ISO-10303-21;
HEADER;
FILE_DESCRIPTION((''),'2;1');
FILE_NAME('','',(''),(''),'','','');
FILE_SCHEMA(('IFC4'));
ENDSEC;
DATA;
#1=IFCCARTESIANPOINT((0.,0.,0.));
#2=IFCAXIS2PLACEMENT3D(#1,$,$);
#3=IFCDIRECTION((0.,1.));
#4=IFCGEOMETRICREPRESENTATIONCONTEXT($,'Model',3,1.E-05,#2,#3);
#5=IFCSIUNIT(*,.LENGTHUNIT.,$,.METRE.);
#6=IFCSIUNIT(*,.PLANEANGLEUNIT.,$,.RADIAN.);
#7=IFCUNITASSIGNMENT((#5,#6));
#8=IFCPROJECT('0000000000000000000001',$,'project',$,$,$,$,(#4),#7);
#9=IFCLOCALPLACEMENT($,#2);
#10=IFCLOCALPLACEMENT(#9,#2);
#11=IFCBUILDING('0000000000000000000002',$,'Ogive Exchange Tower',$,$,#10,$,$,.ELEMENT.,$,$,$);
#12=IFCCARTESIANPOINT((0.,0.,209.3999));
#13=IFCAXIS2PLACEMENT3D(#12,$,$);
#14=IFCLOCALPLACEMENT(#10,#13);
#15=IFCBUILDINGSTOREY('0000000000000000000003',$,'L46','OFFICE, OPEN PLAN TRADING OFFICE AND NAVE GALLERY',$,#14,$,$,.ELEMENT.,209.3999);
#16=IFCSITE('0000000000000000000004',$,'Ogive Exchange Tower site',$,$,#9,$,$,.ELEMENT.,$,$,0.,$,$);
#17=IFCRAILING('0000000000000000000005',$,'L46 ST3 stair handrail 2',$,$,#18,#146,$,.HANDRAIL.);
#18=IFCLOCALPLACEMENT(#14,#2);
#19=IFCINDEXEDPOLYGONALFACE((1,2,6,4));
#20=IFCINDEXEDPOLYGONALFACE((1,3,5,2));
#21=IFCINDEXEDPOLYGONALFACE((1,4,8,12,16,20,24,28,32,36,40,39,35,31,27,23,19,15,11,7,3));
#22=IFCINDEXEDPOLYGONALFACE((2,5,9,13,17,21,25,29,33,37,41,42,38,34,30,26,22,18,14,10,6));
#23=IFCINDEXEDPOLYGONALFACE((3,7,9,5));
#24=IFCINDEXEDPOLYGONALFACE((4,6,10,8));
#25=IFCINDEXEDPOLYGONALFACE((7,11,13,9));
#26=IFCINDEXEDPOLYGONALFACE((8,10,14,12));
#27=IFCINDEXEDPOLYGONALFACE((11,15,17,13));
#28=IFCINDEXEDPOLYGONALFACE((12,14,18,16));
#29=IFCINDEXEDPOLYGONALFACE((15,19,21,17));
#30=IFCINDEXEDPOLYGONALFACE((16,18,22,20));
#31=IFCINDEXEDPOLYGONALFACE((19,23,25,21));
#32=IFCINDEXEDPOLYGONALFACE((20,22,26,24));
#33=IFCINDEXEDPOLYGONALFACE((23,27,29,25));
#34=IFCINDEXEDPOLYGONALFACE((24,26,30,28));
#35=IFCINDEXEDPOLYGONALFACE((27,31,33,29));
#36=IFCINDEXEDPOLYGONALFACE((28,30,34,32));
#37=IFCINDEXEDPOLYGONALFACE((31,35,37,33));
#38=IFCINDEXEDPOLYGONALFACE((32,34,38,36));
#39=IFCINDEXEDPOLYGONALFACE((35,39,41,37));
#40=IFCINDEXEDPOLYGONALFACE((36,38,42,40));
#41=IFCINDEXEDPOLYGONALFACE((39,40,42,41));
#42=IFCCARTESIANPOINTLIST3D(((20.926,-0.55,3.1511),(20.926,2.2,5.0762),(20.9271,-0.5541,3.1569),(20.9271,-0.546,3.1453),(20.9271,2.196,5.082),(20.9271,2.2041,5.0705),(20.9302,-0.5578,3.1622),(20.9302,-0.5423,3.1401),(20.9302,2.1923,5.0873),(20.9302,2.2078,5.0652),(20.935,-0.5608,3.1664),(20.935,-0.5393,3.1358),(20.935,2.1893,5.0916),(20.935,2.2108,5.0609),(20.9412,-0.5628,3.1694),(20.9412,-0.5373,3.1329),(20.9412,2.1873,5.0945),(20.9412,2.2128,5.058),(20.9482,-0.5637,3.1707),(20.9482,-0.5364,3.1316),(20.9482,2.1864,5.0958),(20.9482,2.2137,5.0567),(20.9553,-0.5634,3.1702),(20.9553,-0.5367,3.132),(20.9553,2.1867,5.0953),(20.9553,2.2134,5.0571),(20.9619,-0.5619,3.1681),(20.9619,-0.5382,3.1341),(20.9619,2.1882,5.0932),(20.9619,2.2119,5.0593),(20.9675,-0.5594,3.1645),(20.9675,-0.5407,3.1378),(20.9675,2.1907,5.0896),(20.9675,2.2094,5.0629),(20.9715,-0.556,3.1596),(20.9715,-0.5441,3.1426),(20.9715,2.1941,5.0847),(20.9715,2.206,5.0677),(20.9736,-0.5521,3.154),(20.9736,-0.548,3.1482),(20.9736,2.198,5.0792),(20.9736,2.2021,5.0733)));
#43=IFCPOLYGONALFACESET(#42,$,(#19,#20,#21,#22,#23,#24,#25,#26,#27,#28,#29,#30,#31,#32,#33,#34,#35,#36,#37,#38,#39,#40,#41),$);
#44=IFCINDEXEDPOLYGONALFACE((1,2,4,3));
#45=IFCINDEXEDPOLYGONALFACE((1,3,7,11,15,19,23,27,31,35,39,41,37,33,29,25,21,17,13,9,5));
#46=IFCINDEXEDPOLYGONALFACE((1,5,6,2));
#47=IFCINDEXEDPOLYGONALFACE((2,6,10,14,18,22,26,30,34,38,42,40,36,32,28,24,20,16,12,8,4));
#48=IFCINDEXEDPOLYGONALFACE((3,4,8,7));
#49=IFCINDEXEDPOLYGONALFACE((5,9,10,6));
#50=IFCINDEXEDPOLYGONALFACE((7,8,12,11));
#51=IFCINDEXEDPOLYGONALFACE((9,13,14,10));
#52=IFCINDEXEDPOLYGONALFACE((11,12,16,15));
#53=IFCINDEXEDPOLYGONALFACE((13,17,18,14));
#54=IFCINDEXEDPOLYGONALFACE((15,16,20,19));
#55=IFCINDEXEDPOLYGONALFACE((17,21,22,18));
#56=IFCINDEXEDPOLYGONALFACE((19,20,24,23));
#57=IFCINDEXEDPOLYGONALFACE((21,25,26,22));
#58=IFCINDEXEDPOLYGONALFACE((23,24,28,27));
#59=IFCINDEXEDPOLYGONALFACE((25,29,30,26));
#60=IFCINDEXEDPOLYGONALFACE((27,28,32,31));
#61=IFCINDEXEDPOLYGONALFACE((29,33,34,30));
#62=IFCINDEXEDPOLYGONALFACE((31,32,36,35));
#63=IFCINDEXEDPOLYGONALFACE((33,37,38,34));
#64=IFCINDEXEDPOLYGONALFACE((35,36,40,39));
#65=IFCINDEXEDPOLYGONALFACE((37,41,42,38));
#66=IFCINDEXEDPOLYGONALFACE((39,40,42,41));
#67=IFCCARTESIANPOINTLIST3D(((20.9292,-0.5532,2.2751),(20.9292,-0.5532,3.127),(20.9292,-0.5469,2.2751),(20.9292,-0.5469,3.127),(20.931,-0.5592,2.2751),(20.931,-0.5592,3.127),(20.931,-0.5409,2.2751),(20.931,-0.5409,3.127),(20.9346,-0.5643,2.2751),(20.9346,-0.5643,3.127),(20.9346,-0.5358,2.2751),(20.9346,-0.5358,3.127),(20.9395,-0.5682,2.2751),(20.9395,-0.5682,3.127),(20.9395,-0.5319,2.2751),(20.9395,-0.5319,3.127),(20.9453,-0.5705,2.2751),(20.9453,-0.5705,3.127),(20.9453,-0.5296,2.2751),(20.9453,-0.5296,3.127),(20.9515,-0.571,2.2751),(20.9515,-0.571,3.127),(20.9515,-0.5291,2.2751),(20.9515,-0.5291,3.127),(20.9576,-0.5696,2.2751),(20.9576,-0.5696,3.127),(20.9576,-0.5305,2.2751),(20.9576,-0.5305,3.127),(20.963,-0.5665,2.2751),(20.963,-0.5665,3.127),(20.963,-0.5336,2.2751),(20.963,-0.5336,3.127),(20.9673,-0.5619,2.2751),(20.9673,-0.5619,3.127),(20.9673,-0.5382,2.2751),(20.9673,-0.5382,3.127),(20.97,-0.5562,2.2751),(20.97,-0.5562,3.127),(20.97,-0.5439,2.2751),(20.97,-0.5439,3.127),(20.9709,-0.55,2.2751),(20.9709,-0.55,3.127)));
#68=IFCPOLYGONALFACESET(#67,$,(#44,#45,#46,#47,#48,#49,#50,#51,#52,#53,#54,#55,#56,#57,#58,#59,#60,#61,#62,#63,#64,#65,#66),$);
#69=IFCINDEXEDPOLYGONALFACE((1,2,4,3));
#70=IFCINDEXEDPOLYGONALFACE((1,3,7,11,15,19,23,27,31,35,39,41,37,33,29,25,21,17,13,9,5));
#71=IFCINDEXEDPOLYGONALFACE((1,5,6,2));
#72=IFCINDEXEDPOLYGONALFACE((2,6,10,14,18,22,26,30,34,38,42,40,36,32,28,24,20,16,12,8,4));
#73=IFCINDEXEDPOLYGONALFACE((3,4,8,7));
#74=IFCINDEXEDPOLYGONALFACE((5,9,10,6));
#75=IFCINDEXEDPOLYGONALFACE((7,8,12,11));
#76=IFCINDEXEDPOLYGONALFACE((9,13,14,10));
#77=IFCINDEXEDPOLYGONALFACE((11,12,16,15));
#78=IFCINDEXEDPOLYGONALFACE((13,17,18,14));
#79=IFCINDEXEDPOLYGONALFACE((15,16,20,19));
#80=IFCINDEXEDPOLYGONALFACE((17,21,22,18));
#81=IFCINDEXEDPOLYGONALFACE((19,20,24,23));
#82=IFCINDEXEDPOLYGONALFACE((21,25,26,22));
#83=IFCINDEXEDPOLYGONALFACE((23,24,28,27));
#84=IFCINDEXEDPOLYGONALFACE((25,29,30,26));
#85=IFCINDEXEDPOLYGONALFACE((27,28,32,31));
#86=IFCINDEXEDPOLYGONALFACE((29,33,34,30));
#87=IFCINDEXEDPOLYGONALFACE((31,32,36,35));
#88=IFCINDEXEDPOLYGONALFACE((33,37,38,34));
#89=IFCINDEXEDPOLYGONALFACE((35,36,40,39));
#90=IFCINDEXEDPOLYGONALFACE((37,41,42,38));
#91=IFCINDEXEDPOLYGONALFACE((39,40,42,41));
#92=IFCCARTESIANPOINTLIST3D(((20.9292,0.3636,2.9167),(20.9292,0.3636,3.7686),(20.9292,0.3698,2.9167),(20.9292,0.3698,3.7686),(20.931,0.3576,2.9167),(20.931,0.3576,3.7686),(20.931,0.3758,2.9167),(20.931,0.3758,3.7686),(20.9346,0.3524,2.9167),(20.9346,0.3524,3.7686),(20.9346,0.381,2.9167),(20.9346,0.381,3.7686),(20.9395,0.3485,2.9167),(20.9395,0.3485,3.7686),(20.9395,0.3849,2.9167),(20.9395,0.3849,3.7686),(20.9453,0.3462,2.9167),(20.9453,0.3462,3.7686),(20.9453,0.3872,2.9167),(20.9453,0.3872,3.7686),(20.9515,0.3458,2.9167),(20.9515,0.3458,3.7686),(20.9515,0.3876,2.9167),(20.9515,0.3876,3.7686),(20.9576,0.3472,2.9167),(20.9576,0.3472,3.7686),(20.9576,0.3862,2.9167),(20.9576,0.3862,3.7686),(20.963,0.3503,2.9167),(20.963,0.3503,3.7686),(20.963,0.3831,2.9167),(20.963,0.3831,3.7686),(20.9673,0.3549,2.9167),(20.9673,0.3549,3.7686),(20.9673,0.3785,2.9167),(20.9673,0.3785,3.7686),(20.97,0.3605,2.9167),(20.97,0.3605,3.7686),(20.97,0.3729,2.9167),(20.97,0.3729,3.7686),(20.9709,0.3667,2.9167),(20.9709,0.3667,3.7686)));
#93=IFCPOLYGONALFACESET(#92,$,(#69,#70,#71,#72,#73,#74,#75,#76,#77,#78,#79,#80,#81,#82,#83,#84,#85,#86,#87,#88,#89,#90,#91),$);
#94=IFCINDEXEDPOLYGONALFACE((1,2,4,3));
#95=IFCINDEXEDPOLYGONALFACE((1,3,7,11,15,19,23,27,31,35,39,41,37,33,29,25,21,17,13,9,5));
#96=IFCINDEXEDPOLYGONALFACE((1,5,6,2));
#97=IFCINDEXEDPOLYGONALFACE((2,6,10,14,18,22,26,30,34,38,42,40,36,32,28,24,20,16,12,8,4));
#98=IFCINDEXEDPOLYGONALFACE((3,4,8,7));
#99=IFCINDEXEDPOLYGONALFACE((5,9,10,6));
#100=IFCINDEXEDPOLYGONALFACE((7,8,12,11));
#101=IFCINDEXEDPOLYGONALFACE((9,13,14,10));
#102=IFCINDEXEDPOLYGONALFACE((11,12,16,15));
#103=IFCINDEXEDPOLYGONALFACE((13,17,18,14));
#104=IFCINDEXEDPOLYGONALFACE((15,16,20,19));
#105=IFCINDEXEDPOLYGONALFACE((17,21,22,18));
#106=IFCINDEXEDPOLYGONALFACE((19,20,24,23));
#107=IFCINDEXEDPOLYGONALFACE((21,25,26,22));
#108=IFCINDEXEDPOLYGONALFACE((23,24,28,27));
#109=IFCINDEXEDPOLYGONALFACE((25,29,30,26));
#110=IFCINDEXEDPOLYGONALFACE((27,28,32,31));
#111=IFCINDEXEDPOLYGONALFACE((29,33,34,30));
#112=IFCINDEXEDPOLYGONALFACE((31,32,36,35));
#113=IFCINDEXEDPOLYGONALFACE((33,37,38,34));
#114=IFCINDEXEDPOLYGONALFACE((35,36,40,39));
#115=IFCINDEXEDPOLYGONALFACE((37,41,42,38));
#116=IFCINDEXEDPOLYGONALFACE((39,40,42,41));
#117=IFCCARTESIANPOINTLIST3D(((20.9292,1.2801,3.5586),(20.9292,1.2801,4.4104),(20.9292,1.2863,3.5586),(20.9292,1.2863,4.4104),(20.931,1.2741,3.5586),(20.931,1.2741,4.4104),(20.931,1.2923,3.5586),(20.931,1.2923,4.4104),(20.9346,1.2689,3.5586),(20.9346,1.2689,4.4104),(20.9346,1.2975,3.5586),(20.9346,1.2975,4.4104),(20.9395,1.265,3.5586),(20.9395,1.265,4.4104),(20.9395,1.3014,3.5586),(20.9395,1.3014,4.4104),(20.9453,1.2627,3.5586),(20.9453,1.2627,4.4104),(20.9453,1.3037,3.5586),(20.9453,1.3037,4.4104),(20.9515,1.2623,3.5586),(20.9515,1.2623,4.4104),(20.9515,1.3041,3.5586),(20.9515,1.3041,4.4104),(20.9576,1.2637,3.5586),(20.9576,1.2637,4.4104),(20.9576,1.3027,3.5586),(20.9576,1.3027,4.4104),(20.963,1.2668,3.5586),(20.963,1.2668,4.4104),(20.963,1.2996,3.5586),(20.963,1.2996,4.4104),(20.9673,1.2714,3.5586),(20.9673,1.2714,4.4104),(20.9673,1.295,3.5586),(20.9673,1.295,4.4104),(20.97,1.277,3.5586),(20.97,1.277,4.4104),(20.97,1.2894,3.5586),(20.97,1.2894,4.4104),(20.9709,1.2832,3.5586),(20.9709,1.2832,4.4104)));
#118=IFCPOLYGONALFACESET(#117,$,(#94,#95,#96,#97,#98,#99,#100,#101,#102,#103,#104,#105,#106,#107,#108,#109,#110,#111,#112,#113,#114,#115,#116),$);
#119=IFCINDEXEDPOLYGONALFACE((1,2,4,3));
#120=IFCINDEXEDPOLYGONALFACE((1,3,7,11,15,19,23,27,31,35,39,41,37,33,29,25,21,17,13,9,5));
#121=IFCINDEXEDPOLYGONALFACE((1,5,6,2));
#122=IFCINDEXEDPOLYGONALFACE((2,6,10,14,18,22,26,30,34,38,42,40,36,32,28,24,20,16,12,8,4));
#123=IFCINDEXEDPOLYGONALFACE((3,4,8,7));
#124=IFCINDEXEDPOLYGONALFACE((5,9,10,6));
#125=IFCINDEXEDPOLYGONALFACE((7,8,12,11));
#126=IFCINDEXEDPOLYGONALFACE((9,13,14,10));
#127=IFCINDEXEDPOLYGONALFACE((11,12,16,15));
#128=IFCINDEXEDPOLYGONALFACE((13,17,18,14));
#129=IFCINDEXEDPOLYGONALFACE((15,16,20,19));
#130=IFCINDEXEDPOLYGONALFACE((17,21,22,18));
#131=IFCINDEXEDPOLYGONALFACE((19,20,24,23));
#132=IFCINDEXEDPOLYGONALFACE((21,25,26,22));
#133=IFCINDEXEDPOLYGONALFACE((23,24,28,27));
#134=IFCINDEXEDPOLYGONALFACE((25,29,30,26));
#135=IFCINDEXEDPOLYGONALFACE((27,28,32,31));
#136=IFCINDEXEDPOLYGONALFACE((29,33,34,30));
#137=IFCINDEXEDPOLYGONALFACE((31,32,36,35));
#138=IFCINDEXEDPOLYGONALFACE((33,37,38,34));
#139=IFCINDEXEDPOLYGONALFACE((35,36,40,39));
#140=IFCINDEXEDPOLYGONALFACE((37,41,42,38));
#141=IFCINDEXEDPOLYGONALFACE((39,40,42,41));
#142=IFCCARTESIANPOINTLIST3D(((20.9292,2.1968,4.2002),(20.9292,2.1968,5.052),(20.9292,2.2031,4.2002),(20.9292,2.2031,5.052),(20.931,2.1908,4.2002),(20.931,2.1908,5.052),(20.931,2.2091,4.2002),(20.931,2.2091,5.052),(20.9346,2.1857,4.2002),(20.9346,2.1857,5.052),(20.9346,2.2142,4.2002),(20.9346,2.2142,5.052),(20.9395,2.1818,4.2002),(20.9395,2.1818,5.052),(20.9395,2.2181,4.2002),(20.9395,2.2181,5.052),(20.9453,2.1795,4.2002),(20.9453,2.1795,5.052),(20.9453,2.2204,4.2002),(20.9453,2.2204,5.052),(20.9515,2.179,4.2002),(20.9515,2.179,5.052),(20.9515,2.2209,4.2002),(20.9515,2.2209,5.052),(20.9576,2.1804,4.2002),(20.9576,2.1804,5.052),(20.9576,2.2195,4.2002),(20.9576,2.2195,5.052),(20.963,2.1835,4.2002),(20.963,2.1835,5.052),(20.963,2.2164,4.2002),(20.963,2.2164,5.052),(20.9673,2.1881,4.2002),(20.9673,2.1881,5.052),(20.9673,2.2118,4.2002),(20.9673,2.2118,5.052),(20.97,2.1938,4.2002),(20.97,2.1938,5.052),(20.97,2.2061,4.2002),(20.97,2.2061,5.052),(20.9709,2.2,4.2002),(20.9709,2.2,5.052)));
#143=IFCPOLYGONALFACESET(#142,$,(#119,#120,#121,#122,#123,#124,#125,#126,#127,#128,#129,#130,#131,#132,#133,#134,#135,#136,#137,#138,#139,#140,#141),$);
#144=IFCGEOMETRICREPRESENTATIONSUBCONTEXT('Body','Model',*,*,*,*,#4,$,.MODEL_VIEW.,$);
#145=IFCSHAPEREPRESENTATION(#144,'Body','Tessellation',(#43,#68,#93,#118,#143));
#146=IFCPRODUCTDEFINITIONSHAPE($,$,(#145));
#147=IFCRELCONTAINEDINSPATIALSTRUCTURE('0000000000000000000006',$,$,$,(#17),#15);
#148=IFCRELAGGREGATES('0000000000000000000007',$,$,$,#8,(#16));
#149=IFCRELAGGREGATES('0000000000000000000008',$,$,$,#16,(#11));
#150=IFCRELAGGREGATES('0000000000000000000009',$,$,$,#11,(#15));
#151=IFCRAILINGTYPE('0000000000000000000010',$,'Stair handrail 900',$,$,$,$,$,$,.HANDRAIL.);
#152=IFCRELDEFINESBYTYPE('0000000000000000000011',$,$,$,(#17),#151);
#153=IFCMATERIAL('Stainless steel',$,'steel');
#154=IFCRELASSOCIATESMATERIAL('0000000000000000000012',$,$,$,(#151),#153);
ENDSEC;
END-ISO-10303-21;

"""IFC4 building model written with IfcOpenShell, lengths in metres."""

from ifc_helpers import new_model, si_unit, direction, frame, origin, origin_2d, place, context, subcontext, project, spatial, circle, extrude, material, type_object, element, save


model = new_model("IFC4")

# Units and contexts
model_context = context("Model", 3, precision=1e-05, world=origin(), true_north=direction((0.0, 1.0)))
body_context = subcontext(model_context, "Body", "Model", "MODEL_VIEW")
ifc_project = project(units=[si_unit("LENGTHUNIT", "METRE"), si_unit("PLANEANGLEUNIT", "RADIAN")], contexts=[model_context])

# Site, building, storey
site_placement = place(None, origin())
site = spatial("IfcSite", under=ifc_project, at=site_placement, Name="Ogive Exchange Tower site", CompositionType="ELEMENT", RefElevation=0.0)
building_placement = place(site_placement, origin())
building = spatial("IfcBuilding", under=site, at=building_placement, Name="Ogive Exchange Tower", CompositionType="ELEMENT")
storey_placement = place(building_placement, frame((0.0, 0.0, 209.3999)))
storey = spatial("IfcBuildingStorey", under=building, at=storey_placement, Name="L46", Description="OFFICE, OPEN PLAN TRADING OFFICE AND NAVE GALLERY", CompositionType="ELEMENT", Elevation=209.3999)

# Railing
ifc_material_1 = material(Name="Stainless steel", Category="steel")
railing_type = type_object("IfcRailingType", Name="Stair handrail 900", PredefinedType="HANDRAIL", material=ifc_material_1)
railing_placement = place(storey_placement, frame((20.95, -0.55, 2.2751)))
element("IfcRailing", 1, at=railing_placement, inside=storey, type_object=railing_type, Name="L46 ST3 stair handrail 2", PredefinedType="HANDRAIL", context=body_context, shape_type="SweptSolid", body=[
    extrude(circle(Radius=0.0239, at=origin_2d()), frame((0.0, 0.0, 0.876), z_axis=(0.0, 0.819225, 0.573472), x_axis=(-1.0, 0.0, 0.0)), (0.0, 0.0, 1.0), 3.3569),
    extrude(circle(Radius=0.021, at=origin_2d()), origin(), (0.0, 0.0, 1.0), 0.8518),
    extrude(circle(Radius=0.021, at=origin_2d()), frame((0.0, 0.9167, 0.6416)), (0.0, 0.0, 1.0), 0.8518),
    extrude(circle(Radius=0.021, at=origin_2d()), frame((0.0, 1.8333, 1.2834)), (0.0, 0.0, 1.0), 0.8518),
    extrude(circle(Radius=0.021, at=origin_2d()), frame((0.0, 2.75, 1.925)), (0.0, 0.0, 1.0), 0.8518),
])

save(model, "model.ifc")
